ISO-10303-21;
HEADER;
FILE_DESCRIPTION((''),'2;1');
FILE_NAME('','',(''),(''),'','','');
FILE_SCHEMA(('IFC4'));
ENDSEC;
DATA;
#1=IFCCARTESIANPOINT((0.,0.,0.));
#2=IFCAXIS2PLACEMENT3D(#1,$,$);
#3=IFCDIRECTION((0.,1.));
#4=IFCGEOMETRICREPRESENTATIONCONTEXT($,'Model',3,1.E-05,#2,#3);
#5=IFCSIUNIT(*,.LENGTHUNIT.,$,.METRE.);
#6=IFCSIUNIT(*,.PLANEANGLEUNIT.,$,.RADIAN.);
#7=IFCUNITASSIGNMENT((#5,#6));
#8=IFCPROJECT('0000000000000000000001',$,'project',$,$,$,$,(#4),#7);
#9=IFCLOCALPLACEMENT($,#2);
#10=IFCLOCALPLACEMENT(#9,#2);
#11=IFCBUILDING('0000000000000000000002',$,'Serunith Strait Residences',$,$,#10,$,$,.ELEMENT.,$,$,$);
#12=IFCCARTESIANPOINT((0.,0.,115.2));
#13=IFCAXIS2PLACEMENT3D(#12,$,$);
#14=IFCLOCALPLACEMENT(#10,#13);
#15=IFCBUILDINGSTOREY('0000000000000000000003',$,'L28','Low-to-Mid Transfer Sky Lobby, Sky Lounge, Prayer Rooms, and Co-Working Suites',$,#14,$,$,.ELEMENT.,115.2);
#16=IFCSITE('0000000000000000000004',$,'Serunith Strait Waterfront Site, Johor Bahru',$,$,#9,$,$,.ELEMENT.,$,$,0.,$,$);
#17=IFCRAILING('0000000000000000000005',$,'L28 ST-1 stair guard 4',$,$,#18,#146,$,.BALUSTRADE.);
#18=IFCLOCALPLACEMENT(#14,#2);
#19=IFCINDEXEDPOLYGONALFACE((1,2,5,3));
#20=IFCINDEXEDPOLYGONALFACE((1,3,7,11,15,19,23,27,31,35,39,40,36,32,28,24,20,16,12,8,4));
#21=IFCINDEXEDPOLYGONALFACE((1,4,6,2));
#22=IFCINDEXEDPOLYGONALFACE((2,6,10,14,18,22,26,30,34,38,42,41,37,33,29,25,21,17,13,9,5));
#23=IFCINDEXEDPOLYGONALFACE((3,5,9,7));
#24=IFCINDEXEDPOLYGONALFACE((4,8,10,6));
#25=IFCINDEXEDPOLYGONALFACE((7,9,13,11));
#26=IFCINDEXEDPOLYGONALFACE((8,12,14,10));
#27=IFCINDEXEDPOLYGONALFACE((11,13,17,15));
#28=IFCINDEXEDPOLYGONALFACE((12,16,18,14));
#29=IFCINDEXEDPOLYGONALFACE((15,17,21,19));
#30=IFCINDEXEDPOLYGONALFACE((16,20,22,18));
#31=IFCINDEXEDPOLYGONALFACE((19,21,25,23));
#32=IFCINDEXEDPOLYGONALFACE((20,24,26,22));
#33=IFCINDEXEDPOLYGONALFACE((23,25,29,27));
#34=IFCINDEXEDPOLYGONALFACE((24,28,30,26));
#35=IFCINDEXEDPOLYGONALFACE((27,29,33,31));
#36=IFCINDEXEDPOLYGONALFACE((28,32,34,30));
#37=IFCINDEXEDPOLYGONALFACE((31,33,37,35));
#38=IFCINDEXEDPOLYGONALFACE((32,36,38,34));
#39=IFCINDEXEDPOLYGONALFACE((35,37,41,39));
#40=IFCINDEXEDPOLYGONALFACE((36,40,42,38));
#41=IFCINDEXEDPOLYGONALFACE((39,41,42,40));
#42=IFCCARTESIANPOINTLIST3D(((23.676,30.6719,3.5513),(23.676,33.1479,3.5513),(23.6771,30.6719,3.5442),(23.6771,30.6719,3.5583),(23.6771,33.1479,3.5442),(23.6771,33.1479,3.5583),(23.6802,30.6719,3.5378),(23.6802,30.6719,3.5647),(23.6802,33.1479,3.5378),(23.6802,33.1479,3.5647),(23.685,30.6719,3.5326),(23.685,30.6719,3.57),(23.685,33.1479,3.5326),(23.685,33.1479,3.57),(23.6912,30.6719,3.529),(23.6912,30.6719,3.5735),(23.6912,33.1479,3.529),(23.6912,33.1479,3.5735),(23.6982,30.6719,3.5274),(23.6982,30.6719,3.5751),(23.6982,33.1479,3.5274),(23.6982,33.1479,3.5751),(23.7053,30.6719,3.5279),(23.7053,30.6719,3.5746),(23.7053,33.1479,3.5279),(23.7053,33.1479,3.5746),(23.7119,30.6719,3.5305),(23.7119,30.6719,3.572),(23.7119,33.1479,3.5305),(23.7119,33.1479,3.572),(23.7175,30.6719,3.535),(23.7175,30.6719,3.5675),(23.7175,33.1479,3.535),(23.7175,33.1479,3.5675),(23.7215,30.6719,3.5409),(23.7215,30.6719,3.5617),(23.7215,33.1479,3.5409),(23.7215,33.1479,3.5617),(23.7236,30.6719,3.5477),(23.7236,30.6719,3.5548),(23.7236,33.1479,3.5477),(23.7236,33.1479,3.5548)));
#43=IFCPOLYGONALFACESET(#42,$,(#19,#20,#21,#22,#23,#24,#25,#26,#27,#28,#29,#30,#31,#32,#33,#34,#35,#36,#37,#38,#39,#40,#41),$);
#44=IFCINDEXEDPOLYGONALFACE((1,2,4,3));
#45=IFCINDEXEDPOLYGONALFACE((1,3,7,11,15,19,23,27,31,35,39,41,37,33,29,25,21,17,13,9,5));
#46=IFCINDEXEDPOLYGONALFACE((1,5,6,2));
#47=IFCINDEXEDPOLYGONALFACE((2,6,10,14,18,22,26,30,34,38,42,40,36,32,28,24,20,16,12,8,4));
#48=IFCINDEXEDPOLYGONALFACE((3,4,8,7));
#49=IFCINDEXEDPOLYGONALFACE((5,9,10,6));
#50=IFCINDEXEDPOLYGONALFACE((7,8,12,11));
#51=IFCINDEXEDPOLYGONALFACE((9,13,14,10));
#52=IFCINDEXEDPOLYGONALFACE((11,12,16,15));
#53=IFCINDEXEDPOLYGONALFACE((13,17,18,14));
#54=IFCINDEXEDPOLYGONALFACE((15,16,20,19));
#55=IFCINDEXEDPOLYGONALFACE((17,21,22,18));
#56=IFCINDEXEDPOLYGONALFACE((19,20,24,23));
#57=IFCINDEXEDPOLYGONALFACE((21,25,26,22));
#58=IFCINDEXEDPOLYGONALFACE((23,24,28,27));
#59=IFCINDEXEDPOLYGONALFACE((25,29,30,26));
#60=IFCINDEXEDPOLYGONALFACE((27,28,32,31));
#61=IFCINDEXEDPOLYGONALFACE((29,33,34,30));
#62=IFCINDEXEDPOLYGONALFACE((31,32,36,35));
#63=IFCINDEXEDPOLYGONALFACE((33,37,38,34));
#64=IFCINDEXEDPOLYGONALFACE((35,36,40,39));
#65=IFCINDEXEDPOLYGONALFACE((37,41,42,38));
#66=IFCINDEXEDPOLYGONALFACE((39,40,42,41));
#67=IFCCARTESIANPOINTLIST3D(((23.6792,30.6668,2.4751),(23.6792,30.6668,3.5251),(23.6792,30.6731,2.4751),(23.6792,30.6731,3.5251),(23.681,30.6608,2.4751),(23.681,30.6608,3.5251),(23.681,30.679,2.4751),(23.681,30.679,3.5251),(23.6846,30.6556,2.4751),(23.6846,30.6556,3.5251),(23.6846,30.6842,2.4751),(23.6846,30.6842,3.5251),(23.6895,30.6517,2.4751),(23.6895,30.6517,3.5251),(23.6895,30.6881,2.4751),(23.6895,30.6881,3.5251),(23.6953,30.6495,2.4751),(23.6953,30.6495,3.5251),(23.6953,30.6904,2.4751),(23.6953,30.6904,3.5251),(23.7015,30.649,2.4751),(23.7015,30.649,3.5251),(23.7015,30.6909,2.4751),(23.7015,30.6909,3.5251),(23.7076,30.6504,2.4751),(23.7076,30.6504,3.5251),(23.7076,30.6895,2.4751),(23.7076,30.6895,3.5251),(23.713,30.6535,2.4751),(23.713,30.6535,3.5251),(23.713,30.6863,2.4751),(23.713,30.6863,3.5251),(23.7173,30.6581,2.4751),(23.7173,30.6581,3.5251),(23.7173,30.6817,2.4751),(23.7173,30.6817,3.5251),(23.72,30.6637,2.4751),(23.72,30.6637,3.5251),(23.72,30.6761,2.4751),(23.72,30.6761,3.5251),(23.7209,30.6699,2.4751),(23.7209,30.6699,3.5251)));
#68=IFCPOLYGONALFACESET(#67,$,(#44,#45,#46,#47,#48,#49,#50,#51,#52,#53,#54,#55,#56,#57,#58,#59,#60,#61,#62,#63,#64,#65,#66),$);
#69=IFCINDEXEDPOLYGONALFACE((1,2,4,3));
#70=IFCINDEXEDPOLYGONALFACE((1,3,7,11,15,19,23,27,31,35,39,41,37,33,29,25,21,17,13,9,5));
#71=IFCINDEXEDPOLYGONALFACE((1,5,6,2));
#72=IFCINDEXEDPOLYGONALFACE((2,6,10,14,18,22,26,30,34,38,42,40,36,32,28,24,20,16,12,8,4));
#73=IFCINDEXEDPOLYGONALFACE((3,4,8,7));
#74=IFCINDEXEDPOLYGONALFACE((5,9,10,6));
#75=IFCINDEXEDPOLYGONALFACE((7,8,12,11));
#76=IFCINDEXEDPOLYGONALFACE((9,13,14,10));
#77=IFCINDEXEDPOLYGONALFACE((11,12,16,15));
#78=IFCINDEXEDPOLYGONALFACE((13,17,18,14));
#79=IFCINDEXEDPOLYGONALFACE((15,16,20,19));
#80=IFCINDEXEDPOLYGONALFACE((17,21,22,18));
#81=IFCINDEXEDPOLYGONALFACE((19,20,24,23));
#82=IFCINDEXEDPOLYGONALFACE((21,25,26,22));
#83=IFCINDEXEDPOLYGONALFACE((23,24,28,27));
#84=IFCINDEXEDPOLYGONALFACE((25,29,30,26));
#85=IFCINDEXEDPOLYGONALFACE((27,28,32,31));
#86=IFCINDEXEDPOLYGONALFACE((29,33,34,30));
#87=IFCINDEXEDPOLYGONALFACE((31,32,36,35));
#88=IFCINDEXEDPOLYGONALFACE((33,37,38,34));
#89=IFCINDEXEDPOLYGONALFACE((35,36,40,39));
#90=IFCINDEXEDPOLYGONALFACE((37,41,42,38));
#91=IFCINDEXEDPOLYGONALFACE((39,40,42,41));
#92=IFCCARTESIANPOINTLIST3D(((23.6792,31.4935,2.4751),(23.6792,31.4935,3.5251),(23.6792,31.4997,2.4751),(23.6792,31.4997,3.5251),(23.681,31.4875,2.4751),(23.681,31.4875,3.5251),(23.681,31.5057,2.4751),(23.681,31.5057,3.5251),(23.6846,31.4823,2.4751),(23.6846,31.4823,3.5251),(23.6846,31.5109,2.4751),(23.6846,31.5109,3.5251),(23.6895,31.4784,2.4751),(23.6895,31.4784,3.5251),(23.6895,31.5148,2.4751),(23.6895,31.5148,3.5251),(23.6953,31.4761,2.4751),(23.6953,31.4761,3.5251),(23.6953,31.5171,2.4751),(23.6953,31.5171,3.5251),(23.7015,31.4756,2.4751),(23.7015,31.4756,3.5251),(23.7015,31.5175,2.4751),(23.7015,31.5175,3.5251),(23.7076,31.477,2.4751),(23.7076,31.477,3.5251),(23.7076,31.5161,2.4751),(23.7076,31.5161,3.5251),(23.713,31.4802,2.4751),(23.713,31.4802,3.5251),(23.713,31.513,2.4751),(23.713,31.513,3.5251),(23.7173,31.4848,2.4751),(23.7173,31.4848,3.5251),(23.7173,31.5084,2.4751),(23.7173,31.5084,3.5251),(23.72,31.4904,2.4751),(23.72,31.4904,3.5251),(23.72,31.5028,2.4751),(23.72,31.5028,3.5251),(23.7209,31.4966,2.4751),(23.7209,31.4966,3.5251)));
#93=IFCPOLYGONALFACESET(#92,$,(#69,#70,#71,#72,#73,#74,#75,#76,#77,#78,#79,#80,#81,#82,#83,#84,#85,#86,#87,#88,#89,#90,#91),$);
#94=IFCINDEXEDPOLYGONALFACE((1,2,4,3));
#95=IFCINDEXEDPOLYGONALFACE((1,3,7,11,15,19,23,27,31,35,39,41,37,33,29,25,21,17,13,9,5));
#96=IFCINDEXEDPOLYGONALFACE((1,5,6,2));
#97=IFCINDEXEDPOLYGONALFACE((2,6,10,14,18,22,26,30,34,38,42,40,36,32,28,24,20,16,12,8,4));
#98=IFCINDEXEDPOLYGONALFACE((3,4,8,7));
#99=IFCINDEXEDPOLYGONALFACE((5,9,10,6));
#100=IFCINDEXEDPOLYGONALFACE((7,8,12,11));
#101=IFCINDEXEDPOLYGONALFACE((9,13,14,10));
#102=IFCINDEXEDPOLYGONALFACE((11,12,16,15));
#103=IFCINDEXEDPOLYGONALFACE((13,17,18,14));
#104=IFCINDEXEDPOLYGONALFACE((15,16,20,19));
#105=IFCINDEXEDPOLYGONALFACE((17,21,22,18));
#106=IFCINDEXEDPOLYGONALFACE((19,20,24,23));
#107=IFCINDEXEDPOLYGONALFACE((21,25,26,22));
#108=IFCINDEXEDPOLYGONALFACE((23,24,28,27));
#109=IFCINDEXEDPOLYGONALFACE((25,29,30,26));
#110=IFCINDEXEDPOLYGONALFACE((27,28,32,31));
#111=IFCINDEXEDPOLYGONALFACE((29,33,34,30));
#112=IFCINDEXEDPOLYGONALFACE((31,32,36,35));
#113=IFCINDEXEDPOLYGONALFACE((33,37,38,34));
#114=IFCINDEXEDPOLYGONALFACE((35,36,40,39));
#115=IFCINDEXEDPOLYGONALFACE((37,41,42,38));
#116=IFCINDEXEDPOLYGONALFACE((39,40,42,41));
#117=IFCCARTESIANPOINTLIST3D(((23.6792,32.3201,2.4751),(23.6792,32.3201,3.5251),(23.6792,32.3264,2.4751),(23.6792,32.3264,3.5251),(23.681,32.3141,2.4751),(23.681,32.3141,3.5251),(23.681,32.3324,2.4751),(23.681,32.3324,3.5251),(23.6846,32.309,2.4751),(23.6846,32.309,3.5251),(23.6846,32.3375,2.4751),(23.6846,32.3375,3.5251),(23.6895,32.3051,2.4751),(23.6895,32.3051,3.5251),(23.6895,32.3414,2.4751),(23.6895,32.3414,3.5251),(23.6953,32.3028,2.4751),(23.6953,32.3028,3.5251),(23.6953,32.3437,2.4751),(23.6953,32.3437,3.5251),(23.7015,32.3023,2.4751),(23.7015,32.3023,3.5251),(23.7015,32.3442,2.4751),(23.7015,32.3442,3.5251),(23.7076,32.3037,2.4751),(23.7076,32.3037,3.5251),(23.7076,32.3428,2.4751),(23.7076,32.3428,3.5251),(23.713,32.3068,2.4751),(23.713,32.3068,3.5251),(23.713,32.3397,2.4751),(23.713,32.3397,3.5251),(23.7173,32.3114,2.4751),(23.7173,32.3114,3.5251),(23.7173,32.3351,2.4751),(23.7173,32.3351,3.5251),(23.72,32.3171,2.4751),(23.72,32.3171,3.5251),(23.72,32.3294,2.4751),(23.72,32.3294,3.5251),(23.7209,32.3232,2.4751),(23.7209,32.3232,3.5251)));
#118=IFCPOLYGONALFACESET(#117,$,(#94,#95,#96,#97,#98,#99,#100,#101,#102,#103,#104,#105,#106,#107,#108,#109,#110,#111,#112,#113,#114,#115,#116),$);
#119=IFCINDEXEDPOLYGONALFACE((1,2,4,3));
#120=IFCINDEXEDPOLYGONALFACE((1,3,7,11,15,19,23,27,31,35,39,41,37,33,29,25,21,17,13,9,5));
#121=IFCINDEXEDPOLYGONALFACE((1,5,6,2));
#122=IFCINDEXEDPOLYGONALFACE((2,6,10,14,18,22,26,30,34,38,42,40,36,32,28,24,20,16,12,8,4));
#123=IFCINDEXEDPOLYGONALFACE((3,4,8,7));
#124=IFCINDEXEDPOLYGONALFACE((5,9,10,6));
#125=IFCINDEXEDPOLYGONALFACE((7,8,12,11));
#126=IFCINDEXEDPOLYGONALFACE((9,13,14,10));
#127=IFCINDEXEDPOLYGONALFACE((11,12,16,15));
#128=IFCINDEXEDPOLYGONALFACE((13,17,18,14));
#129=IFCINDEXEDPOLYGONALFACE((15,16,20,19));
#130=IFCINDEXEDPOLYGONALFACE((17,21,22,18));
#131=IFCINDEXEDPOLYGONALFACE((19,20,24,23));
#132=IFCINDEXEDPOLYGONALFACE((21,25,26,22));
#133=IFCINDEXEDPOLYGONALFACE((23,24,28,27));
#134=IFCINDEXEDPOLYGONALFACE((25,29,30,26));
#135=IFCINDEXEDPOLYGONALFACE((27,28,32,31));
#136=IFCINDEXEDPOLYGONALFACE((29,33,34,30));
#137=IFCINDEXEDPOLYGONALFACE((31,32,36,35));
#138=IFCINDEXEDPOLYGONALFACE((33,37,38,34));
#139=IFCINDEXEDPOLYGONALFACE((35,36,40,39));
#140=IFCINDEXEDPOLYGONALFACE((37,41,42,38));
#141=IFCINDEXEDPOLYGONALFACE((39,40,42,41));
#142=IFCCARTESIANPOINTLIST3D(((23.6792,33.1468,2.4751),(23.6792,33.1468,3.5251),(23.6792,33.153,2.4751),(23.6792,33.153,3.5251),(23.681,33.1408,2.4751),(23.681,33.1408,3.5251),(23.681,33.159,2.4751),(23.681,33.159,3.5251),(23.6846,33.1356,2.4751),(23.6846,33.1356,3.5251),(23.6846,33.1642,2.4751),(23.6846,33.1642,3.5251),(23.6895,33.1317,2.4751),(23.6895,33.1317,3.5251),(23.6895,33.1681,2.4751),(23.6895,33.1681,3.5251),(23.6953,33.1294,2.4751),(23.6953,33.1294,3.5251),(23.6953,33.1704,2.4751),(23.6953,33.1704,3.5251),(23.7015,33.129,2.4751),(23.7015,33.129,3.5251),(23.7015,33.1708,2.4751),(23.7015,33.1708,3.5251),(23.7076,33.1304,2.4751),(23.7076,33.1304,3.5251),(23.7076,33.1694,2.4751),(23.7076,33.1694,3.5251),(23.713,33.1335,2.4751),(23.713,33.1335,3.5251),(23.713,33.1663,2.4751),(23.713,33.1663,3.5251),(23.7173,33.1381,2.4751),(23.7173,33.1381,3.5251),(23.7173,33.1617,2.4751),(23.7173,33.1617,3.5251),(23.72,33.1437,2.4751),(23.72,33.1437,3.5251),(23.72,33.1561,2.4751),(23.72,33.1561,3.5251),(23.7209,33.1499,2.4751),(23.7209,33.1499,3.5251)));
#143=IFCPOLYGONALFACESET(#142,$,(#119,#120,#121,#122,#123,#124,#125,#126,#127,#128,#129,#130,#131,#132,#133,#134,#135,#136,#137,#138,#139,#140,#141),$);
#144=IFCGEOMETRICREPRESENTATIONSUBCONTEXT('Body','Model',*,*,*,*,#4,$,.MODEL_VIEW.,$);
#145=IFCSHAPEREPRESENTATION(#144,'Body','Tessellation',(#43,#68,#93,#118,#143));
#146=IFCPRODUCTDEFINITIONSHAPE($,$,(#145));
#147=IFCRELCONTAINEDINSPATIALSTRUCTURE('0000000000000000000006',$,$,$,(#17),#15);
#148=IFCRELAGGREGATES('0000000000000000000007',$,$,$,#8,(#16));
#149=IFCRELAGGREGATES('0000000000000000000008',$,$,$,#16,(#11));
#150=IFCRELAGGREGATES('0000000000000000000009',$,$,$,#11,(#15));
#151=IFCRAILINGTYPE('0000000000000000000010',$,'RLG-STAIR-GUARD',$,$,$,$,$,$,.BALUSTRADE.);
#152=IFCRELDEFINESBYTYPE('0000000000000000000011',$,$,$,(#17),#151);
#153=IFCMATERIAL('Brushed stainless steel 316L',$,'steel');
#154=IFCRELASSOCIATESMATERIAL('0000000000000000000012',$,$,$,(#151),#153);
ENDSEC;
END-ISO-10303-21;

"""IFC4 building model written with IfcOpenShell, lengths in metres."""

from ifc_helpers import new_model, si_unit, direction, frame, origin, origin_2d, place, context, subcontext, project, spatial, circle, extrude, material, type_object, element, save


model = new_model("IFC4")

# Units and contexts
model_context = context("Model", 3, precision=1e-05, world=origin(), true_north=direction((0.0, 1.0)))
body_context = subcontext(model_context, "Body", "Model", "MODEL_VIEW")
ifc_project = project(units=[si_unit("LENGTHUNIT", "METRE"), si_unit("PLANEANGLEUNIT", "RADIAN")], contexts=[model_context])

# Site, building, storey
site_placement = place(None, origin())
site = spatial("IfcSite", under=ifc_project, at=site_placement, Name="Serunith Strait Waterfront Site, Johor Bahru", CompositionType="ELEMENT", RefElevation=0.0)
building_placement = place(site_placement, origin())
building = spatial("IfcBuilding", under=site, at=building_placement, Name="Serunith Strait Residences", CompositionType="ELEMENT")
storey_placement = place(building_placement, frame((0.0, 0.0, 115.2)))
storey = spatial("IfcBuildingStorey", under=building, at=storey_placement, Name="L28", Description="Low-to-Mid Transfer Sky Lobby, Sky Lounge, Prayer Rooms, and Co-Working Suites", CompositionType="ELEMENT", Elevation=115.2)

# Railing
ifc_material_1 = material(Name="Brushed stainless steel 316L", Category="steel")
railing_type_1 = type_object("IfcRailingType", Name="RLG-STAIR-GUARD", PredefinedType="BALUSTRADE", material=ifc_material_1)
for number, where, name in (
    (1, (23.7, 30.6699, 2.4751), "L28 ST-1 stair guard 4"),
):
    element("IfcRailing", number, at=place(storey_placement, frame(where)), inside=storey, type_object=railing_type_1, Name=name, PredefinedType="BALUSTRADE", context=body_context, shape_type="SweptSolid", body=[
        extrude(circle(Radius=0.0239, at=origin_2d()), frame((0.0, 0.002, 1.0762), z_axis=(0.0, 1.0, 0.0), x_axis=(-1.0, 0.0, 0.0)), (0.0, 0.0, 1.0), 2.4761),
        extrude(circle(Radius=0.021, at=origin_2d()), origin(), (0.0, 0.0, 1.0), 1.05),
        extrude(circle(Radius=0.021, at=origin_2d()), frame((0.0, 0.8267, 0.0)), (0.0, 0.0, 1.0), 1.05),
        extrude(circle(Radius=0.021, at=origin_2d()), frame((0.0, 1.6533, 0.0)), (0.0, 0.0, 1.0), 1.05),
        extrude(circle(Radius=0.021, at=origin_2d()), frame((0.0, 2.48, 0.0)), (0.0, 0.0, 1.0), 1.05),
    ])

save(model, "model.ifc")
